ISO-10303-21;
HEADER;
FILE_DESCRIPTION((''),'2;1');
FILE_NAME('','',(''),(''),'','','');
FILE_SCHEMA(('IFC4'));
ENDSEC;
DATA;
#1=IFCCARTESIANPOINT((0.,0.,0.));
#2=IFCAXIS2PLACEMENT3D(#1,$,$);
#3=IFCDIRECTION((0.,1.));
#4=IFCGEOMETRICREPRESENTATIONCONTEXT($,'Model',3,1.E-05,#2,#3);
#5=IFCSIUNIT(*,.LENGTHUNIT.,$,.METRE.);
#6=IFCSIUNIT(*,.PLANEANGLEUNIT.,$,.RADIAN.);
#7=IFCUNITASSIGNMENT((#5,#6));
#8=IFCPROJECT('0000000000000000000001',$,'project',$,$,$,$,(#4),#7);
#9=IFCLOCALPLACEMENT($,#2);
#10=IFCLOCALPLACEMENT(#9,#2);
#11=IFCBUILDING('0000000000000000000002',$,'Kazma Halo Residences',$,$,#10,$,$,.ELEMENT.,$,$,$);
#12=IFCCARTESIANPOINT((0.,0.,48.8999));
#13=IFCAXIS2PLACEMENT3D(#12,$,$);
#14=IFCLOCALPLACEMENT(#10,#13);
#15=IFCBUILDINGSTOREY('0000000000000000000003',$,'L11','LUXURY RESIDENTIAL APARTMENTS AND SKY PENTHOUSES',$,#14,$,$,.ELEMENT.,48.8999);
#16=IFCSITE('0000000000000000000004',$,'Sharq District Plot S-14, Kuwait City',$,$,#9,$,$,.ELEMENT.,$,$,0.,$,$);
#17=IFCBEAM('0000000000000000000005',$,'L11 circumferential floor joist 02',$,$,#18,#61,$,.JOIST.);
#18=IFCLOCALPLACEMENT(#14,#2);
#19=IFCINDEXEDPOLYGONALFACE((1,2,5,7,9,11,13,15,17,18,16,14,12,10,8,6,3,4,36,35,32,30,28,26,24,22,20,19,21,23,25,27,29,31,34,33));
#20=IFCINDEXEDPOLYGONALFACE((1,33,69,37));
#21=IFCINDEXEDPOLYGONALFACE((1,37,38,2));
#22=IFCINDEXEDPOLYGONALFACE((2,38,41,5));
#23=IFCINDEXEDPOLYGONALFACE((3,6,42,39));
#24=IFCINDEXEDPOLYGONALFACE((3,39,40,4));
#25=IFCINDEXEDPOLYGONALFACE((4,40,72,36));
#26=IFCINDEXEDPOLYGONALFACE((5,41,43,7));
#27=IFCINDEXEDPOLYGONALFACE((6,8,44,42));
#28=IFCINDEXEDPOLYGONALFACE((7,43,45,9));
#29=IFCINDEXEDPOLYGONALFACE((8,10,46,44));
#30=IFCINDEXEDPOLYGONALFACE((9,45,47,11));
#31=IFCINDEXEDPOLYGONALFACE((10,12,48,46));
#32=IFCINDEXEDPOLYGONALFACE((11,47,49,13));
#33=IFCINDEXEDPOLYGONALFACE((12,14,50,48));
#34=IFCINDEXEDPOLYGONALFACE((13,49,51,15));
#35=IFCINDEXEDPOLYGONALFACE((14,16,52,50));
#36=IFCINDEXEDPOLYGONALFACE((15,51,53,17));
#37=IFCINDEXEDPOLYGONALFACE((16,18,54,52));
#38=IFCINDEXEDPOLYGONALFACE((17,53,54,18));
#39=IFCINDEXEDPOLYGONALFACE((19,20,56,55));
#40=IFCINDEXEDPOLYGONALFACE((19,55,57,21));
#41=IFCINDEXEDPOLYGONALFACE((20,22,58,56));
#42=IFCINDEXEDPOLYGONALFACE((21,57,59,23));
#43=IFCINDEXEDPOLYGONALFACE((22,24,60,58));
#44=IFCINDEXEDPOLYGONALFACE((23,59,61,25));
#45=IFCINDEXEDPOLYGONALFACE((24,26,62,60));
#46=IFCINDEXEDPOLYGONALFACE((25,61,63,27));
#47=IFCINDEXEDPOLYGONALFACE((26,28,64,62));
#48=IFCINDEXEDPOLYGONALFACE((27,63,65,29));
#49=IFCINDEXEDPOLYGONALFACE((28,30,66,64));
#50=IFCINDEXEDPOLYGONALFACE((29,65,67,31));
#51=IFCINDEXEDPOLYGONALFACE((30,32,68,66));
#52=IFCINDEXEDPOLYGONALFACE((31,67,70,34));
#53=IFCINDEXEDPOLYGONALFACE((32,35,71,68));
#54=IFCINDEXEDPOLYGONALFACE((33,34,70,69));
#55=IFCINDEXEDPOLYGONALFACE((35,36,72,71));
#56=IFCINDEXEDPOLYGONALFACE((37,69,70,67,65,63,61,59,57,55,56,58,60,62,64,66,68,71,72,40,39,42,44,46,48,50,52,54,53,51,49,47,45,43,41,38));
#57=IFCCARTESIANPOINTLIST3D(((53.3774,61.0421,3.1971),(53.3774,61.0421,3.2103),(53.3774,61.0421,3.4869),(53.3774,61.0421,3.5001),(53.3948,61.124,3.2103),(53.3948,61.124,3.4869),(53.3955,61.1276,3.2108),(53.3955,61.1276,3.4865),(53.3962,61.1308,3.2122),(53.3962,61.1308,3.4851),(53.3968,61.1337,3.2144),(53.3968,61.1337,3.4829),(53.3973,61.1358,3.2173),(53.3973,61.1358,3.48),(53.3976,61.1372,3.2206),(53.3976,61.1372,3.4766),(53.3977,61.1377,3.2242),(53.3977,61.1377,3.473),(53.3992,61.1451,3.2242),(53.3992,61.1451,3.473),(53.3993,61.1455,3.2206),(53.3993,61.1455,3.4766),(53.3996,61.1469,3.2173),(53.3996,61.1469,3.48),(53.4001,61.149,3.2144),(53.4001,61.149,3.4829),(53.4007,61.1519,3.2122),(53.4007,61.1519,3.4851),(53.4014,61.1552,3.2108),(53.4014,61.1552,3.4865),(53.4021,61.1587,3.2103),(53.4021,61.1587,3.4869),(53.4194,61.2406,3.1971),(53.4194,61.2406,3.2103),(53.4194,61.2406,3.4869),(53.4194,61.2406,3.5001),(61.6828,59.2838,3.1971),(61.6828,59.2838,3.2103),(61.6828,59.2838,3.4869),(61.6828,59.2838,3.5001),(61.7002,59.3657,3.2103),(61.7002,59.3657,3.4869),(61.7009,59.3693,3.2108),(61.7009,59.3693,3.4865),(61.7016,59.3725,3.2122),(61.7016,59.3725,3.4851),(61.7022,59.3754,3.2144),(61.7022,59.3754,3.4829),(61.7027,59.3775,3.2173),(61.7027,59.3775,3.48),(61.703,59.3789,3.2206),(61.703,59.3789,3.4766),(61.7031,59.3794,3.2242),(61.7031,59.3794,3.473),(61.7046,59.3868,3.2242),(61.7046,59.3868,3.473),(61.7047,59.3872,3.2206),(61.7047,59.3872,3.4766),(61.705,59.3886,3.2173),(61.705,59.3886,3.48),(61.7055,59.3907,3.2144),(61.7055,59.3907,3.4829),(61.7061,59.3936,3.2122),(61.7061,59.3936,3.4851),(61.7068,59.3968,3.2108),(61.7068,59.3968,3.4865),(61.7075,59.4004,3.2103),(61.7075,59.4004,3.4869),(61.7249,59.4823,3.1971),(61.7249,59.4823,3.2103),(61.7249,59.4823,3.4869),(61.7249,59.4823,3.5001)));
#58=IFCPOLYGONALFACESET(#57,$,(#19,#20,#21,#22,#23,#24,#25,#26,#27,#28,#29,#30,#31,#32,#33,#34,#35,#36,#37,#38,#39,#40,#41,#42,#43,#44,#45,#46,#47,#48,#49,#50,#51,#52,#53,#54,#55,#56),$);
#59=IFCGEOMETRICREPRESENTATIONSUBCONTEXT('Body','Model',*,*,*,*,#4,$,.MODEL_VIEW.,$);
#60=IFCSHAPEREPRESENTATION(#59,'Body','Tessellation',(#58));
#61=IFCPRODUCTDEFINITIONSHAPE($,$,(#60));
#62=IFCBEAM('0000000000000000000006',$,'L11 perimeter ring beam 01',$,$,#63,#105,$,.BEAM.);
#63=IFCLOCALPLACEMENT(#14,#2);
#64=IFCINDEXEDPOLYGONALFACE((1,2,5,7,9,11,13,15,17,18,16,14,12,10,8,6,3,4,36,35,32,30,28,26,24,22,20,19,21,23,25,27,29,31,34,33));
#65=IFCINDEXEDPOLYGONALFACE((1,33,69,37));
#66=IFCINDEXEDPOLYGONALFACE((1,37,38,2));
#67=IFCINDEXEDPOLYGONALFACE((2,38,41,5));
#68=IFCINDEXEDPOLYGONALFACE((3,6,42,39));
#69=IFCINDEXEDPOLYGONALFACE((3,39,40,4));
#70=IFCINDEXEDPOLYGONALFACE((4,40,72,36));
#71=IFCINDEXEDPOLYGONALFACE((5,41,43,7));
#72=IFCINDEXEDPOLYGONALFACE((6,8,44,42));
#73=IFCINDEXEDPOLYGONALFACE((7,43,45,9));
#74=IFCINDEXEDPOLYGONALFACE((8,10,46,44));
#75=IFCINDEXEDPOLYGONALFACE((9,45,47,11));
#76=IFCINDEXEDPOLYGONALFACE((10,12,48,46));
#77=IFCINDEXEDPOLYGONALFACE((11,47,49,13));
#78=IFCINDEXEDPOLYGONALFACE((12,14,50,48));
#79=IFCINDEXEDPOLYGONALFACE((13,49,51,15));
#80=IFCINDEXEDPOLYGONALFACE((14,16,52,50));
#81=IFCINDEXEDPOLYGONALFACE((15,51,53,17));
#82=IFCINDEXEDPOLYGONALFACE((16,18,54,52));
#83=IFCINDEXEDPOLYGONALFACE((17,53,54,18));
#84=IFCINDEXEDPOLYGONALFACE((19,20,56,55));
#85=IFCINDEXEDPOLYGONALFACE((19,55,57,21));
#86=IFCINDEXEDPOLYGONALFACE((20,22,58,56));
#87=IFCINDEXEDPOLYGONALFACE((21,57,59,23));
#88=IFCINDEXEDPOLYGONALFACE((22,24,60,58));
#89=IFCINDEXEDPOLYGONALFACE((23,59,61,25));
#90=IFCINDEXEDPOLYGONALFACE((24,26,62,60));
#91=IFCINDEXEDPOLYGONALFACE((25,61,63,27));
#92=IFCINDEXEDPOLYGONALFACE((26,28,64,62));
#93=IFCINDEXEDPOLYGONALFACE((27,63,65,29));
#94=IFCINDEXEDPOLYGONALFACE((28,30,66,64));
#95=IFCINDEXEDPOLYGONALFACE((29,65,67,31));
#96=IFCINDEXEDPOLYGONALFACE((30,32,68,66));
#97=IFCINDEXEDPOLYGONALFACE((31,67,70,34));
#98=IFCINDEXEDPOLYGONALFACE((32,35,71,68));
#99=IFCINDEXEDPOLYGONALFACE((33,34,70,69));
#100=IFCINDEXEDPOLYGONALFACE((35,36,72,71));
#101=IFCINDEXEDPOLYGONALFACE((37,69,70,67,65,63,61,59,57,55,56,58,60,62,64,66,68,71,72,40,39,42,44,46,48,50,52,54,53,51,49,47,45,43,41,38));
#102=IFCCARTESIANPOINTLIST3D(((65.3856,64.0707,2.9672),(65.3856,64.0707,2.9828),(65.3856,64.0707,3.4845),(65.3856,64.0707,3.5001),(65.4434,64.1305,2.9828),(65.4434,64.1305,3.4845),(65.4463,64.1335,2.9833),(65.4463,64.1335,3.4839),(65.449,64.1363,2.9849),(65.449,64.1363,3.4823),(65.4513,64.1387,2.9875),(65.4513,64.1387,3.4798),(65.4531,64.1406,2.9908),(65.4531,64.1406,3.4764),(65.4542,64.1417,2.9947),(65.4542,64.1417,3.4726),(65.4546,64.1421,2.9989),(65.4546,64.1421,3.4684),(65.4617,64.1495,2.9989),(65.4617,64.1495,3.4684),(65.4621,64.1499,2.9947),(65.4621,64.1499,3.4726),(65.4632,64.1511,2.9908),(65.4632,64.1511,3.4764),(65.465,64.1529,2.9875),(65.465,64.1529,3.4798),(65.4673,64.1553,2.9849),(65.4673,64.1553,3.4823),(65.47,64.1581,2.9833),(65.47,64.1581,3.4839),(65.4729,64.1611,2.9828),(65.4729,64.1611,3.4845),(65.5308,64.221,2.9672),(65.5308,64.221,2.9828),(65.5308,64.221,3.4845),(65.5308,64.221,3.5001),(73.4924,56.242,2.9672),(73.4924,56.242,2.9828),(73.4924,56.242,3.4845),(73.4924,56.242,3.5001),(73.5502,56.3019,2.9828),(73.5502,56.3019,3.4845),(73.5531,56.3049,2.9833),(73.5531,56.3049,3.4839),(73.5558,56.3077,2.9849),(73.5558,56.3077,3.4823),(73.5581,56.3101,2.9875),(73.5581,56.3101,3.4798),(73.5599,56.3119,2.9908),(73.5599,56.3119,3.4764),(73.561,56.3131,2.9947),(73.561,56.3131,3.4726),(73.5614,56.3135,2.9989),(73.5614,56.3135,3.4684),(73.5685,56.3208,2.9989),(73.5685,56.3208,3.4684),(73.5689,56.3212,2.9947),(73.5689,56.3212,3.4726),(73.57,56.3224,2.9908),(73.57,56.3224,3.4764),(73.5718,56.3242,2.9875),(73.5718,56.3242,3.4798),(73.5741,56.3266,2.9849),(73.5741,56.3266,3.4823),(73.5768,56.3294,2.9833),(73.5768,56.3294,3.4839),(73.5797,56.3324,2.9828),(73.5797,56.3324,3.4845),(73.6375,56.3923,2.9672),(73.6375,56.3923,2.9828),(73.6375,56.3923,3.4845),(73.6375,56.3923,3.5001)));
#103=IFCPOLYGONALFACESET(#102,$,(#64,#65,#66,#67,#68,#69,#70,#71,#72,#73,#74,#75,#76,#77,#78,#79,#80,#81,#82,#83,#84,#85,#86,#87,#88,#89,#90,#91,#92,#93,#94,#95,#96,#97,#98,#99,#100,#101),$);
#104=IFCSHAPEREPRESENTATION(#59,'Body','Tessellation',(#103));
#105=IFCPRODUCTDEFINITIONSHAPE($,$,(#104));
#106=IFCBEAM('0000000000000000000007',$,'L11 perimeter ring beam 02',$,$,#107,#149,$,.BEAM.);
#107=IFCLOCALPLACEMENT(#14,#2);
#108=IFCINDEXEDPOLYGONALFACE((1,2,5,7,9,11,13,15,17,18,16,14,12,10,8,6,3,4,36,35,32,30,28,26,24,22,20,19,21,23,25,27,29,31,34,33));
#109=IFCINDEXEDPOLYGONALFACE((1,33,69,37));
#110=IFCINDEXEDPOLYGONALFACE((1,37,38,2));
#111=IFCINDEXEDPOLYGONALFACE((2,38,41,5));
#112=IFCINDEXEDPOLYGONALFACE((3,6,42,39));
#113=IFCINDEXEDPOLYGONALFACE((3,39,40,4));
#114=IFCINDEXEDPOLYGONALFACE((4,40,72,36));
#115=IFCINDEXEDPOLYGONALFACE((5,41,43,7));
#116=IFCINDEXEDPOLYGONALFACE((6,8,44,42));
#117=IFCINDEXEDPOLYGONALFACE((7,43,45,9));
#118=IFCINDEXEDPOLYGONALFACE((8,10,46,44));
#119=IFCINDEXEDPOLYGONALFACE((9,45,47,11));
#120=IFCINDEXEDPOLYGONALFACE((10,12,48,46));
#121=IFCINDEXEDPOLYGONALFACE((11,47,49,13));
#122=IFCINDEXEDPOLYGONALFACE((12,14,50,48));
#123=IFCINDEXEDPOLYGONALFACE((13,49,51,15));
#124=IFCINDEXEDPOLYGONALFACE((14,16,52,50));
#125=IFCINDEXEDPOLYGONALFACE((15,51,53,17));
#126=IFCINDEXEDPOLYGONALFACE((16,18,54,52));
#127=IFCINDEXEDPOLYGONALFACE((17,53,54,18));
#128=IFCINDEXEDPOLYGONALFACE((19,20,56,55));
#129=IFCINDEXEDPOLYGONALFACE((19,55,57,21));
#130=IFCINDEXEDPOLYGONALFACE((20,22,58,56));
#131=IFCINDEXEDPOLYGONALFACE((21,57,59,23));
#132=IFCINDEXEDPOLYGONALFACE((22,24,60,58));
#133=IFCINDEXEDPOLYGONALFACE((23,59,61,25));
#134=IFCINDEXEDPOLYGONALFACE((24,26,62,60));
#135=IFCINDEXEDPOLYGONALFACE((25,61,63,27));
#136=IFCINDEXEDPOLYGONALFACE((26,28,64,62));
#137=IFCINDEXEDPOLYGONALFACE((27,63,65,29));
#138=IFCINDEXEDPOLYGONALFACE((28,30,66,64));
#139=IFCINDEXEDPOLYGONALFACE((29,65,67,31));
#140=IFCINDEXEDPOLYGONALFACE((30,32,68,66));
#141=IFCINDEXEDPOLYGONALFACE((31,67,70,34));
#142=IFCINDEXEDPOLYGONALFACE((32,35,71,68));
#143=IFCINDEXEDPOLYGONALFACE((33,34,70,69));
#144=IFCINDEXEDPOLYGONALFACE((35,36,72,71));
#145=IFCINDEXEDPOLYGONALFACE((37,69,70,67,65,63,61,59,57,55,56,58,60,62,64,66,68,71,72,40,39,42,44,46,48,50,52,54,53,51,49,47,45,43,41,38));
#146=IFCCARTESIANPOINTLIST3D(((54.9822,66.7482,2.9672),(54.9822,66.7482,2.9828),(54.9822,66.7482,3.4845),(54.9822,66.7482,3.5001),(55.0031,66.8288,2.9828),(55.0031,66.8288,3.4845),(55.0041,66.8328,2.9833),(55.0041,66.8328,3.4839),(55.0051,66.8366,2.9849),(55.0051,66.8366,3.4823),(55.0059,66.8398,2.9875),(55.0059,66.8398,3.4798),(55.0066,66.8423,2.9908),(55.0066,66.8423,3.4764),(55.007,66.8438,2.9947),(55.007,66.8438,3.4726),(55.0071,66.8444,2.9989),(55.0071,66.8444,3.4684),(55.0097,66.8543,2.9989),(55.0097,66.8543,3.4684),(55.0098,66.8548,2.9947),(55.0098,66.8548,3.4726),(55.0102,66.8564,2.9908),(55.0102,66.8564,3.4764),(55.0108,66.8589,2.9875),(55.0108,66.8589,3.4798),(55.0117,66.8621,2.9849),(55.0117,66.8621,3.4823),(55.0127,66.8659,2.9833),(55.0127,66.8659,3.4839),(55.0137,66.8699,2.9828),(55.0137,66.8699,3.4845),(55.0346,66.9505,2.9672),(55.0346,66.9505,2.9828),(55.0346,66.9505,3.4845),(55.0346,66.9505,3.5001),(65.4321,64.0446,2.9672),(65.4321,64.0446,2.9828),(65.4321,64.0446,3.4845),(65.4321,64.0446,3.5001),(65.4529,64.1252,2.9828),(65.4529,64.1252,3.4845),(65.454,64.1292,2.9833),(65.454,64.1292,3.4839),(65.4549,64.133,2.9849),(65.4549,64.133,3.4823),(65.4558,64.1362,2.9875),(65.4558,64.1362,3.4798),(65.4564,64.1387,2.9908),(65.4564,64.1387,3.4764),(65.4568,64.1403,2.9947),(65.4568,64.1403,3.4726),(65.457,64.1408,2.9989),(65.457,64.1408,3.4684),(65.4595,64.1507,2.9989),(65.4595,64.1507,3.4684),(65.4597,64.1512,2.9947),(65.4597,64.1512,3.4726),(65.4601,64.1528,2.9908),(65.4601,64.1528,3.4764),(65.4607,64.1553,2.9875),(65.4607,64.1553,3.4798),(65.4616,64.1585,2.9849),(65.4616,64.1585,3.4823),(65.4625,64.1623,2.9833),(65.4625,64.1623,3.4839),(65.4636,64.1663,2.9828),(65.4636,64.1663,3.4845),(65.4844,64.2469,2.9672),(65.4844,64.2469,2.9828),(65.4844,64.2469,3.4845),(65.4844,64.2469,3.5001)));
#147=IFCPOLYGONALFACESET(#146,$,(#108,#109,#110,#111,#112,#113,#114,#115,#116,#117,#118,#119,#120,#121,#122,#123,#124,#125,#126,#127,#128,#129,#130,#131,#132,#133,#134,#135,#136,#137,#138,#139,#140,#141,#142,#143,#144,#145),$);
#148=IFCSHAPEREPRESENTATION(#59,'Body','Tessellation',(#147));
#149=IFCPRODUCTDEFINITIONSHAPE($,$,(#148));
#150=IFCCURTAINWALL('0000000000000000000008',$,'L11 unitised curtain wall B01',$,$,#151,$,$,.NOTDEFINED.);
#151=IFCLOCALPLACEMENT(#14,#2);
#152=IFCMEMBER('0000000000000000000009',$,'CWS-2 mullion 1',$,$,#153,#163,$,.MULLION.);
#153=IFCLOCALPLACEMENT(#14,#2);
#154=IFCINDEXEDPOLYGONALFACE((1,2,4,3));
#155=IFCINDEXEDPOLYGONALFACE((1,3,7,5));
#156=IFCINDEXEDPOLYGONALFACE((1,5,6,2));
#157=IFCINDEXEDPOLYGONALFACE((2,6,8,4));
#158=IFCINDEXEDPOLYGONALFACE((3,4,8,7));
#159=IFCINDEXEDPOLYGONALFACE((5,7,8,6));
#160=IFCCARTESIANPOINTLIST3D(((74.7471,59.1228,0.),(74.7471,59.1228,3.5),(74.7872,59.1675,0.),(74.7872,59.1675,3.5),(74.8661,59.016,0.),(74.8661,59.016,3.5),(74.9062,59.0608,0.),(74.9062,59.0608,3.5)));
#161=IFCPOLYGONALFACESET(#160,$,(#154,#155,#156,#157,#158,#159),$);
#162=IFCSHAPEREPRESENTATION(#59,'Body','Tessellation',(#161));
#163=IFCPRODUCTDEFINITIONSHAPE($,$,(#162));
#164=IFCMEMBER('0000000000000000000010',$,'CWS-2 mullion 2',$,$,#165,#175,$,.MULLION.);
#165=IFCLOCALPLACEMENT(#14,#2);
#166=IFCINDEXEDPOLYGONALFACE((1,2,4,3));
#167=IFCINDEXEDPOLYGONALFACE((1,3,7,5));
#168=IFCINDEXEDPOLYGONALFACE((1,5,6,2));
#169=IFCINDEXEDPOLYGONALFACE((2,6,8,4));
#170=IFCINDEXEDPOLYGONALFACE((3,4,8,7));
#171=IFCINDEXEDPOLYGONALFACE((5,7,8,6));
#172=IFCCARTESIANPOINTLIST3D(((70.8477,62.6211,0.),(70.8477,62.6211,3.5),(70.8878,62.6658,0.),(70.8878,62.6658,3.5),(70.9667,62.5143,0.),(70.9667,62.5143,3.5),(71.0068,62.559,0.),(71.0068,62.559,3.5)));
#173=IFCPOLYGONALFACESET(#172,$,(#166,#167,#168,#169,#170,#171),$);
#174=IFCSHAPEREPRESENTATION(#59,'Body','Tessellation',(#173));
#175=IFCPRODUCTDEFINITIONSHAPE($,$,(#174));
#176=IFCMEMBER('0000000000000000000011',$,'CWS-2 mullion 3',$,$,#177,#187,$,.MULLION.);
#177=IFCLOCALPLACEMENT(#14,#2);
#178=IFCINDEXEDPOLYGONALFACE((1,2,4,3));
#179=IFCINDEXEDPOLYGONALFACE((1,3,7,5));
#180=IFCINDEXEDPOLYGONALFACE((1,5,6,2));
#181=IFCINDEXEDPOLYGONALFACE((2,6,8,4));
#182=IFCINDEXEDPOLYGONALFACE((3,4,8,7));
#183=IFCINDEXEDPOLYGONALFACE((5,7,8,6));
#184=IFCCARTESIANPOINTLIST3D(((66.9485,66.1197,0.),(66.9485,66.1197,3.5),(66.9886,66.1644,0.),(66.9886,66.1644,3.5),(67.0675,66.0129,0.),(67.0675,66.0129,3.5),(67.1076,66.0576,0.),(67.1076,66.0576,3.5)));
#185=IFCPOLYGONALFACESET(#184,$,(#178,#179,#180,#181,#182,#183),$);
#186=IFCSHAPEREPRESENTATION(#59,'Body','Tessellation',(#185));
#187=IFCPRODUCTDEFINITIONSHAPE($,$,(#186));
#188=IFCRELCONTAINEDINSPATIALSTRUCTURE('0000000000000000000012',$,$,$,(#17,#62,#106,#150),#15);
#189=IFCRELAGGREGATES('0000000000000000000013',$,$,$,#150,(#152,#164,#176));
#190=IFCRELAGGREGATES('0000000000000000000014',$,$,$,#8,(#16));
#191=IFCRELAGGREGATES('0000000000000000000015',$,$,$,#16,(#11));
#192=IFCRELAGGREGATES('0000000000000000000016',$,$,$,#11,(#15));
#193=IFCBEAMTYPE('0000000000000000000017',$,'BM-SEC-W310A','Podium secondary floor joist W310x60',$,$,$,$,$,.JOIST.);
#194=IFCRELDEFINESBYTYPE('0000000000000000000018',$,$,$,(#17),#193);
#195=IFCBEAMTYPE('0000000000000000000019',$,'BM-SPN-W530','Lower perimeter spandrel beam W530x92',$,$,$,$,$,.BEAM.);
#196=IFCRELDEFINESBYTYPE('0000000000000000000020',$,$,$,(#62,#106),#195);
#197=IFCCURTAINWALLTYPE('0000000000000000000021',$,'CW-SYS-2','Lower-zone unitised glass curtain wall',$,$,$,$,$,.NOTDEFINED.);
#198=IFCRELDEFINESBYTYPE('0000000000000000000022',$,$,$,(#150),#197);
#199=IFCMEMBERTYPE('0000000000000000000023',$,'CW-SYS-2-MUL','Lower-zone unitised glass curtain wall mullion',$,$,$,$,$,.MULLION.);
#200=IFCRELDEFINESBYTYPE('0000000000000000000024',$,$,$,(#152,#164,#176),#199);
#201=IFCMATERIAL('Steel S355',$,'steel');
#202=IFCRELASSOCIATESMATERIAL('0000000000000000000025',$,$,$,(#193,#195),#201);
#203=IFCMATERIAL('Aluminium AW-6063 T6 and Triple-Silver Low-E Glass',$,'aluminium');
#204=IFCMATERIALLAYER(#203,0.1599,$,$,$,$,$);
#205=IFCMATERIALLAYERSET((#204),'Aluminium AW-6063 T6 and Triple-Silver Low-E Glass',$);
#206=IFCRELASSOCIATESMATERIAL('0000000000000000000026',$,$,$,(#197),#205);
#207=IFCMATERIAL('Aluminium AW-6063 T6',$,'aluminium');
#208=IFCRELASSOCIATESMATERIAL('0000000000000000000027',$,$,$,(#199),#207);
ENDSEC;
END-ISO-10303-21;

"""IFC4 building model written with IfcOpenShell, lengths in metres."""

from ifc_helpers import new_model, si_unit, direction, frame, origin, origin_2d, place, context, subcontext, project, spatial, rectangle, i_section, extrude, material, layer, layer_set, material_profile, profile_set, type_object, element, aggregate, save


model = new_model("IFC4")

# Units and contexts
model_context = context("Model", 3, precision=1e-05, world=origin(), true_north=direction((0.0, 1.0)))
body_context = subcontext(model_context, "Body", "Model", "MODEL_VIEW")
ifc_project = project(units=[si_unit("LENGTHUNIT", "METRE"), si_unit("PLANEANGLEUNIT", "RADIAN")], contexts=[model_context])

# Site, building, storey
site_placement = place(None, origin())
site = spatial("IfcSite", under=ifc_project, at=site_placement, Name="Sharq District Plot S-14, Kuwait City", CompositionType="ELEMENT", RefElevation=0.0)
building_placement = place(site_placement, origin())
building = spatial("IfcBuilding", under=site, at=building_placement, Name="Kazma Halo Residences", CompositionType="ELEMENT")
storey_placement = place(building_placement, frame((0.0, 0.0, 48.8999)))
storey = spatial("IfcBuildingStorey", under=building, at=storey_placement, Name="L11", Description="LUXURY RESIDENTIAL APARTMENTS AND SKY PENTHOUSES", CompositionType="ELEMENT", Elevation=48.8999)

# Beams
ifc_material_1 = material(Name="Steel S355", Category="steel")
ifc_material_profile_1 = material_profile(ifc_material_1, i_section(OverallWidth=0.2029, OverallDepth=0.303, WebThickness=0.0076, FlangeThickness=0.0132, FilletRadius=0.0139, at=origin_2d()), Name="W310x60")
ifc_profile_set_1 = profile_set([ifc_material_profile_1], Name="Steel S355")
beam_type_1 = type_object("IfcBeamType", Name="BM-SEC-W310A", Description="Podium secondary floor joist W310x60", PredefinedType="JOIST", material=ifc_profile_set_1)
beam_1_placement = place(storey_placement, frame((61.7039, 59.3831, 3.3486), z_axis=(-0.978317, 0.207115, 0.0), x_axis=(-0.207115, -0.978317, 0.0)))
element("IfcBeam", 1, at=beam_1_placement, inside=storey, type_object=beam_type_1, Name="L11 circumferential floor joist 02", PredefinedType="JOIST", context=body_context, shape_type="SweptSolid", body=[
    extrude(i_section(OverallWidth=0.2029, OverallDepth=0.303, WebThickness=0.0076, FlangeThickness=0.0132, FilletRadius=0.0139, at=origin_2d()), origin(), (0.0, 0.0, 1.0), 8.4895),
])
ifc_material_profile_2 = material_profile(ifc_material_1, i_section(OverallWidth=0.209, OverallDepth=0.533, WebThickness=0.0103, FlangeThickness=0.0156, FilletRadius=0.0161, at=origin_2d()), Name="W530x92")
ifc_profile_set_2 = profile_set([ifc_material_profile_2], Name="Steel S355")
beam_type_2 = type_object("IfcBeamType", Name="BM-SPN-W530", Description="Lower perimeter spandrel beam W530x92", PredefinedType="BEAM", material=ifc_profile_set_2)
beam_2_placement = place(storey_placement, frame((73.5649, 56.3171, 3.2336), z_axis=(-0.719337, 0.694662, 0.0), x_axis=(-0.694662, -0.719337, 0.0)))
element("IfcBeam", 2, at=beam_2_placement, inside=storey, type_object=beam_type_2, Name="L11 perimeter ring beam 01", PredefinedType="BEAM", context=body_context, shape_type="SweptSolid", body=[
    extrude(i_section(OverallWidth=0.209, OverallDepth=0.533, WebThickness=0.0103, FlangeThickness=0.0156, FilletRadius=0.0161, at=origin_2d()), origin(), (0.0, 0.0, 1.0), 11.2698),
])
beam_3_placement = place(storey_placement, frame((65.4583, 64.1458, 3.2336), z_axis=(-0.968124, 0.250473, 0.0), x_axis=(-0.250473, -0.968124, 0.0)))
element("IfcBeam", 3, at=beam_3_placement, inside=storey, type_object=beam_type_2, Name="L11 perimeter ring beam 02", PredefinedType="BEAM", context=body_context, shape_type="SweptSolid", body=[
    extrude(i_section(OverallWidth=0.209, OverallDepth=0.533, WebThickness=0.0103, FlangeThickness=0.0156, FilletRadius=0.0161, at=origin_2d()), origin(), (0.0, 0.0, 1.0), 10.7939),
])

# Curtain wall, members
ifc_material_2 = material(Name="Aluminium AW-6063 T6 and Triple-Silver Low-E Glass", Category="aluminium")
ifc_layer_1 = layer(ifc_material_2, 0.1599)
ifc_layer_set_1 = layer_set([ifc_layer_1], Name="Aluminium AW-6063 T6 and Triple-Silver Low-E Glass")
curtain_wall_type = type_object("IfcCurtainWallType", Name="CW-SYS-2", Description="Lower-zone unitised glass curtain wall", PredefinedType="NOTDEFINED", material=ifc_layer_set_1)
curtain_wall_1_placement = place(storey_placement, origin())
curtain_wall_1 = element("IfcCurtainWall", 4, at=curtain_wall_1_placement, inside=storey, type_object=curtain_wall_type, Name="L11 unitised curtain wall B01", PredefinedType="NOTDEFINED")
ifc_material_3 = material(Name="Aluminium AW-6063 T6", Category="aluminium")
ifc_material_profile_3 = material_profile(ifc_material_3, rectangle(XDim=0.0601, YDim=0.1599, at=origin_2d()), Name="CWM-60x160")
ifc_profile_set_3 = profile_set([ifc_material_profile_3], Name="Aluminium AW-6063 T6")
member_type_1 = type_object("IfcMemberType", Name="CW-SYS-2-MUL", Description="Lower-zone unitised glass curtain wall mullion", PredefinedType="MULLION", material=ifc_profile_set_3)
member_1_placement = place(storey_placement, frame((74.8267, 59.0918, 0.0), z_axis=(0.0, 0.0, 1.0), x_axis=(-0.667821, -0.744322, 0.0)))
member_1 = element("IfcMember", 5, at=member_1_placement, type_object=member_type_1, Name="CWS-2 mullion 1", PredefinedType="MULLION", context=body_context, shape_type="SweptSolid", body=[
    extrude(rectangle(XDim=0.0601, YDim=0.1599, at=origin_2d()), origin(), (0.0, 0.0, 1.0), 3.5),
])
member_2_placement = place(storey_placement, frame((70.9272, 62.5901, 0.0), z_axis=(0.0, 0.0, 1.0), x_axis=(-0.667821, -0.744322, 0.0)))
member_2 = element("IfcMember", 6, at=member_2_placement, type_object=member_type_1, Name="CWS-2 mullion 2", PredefinedType="MULLION", context=body_context, shape_type="SweptSolid", body=[
    extrude(rectangle(XDim=0.0601, YDim=0.1599, at=origin_2d()), origin(), (0.0, 0.0, 1.0), 3.5),
])
member_3_placement = place(storey_placement, frame((67.0281, 66.0886, 0.0), z_axis=(0.0, 0.0, 1.0), x_axis=(-0.667821, -0.744322, 0.0)))
member_3 = element("IfcMember", 7, at=member_3_placement, type_object=member_type_1, Name="CWS-2 mullion 3", PredefinedType="MULLION", context=body_context, shape_type="SweptSolid", body=[
    extrude(rectangle(XDim=0.0601, YDim=0.1599, at=origin_2d()), origin(), (0.0, 0.0, 1.0), 3.5),
])

aggregate(curtain_wall_1, [member_1, member_2, member_3])

save(model, "model.ifc")
